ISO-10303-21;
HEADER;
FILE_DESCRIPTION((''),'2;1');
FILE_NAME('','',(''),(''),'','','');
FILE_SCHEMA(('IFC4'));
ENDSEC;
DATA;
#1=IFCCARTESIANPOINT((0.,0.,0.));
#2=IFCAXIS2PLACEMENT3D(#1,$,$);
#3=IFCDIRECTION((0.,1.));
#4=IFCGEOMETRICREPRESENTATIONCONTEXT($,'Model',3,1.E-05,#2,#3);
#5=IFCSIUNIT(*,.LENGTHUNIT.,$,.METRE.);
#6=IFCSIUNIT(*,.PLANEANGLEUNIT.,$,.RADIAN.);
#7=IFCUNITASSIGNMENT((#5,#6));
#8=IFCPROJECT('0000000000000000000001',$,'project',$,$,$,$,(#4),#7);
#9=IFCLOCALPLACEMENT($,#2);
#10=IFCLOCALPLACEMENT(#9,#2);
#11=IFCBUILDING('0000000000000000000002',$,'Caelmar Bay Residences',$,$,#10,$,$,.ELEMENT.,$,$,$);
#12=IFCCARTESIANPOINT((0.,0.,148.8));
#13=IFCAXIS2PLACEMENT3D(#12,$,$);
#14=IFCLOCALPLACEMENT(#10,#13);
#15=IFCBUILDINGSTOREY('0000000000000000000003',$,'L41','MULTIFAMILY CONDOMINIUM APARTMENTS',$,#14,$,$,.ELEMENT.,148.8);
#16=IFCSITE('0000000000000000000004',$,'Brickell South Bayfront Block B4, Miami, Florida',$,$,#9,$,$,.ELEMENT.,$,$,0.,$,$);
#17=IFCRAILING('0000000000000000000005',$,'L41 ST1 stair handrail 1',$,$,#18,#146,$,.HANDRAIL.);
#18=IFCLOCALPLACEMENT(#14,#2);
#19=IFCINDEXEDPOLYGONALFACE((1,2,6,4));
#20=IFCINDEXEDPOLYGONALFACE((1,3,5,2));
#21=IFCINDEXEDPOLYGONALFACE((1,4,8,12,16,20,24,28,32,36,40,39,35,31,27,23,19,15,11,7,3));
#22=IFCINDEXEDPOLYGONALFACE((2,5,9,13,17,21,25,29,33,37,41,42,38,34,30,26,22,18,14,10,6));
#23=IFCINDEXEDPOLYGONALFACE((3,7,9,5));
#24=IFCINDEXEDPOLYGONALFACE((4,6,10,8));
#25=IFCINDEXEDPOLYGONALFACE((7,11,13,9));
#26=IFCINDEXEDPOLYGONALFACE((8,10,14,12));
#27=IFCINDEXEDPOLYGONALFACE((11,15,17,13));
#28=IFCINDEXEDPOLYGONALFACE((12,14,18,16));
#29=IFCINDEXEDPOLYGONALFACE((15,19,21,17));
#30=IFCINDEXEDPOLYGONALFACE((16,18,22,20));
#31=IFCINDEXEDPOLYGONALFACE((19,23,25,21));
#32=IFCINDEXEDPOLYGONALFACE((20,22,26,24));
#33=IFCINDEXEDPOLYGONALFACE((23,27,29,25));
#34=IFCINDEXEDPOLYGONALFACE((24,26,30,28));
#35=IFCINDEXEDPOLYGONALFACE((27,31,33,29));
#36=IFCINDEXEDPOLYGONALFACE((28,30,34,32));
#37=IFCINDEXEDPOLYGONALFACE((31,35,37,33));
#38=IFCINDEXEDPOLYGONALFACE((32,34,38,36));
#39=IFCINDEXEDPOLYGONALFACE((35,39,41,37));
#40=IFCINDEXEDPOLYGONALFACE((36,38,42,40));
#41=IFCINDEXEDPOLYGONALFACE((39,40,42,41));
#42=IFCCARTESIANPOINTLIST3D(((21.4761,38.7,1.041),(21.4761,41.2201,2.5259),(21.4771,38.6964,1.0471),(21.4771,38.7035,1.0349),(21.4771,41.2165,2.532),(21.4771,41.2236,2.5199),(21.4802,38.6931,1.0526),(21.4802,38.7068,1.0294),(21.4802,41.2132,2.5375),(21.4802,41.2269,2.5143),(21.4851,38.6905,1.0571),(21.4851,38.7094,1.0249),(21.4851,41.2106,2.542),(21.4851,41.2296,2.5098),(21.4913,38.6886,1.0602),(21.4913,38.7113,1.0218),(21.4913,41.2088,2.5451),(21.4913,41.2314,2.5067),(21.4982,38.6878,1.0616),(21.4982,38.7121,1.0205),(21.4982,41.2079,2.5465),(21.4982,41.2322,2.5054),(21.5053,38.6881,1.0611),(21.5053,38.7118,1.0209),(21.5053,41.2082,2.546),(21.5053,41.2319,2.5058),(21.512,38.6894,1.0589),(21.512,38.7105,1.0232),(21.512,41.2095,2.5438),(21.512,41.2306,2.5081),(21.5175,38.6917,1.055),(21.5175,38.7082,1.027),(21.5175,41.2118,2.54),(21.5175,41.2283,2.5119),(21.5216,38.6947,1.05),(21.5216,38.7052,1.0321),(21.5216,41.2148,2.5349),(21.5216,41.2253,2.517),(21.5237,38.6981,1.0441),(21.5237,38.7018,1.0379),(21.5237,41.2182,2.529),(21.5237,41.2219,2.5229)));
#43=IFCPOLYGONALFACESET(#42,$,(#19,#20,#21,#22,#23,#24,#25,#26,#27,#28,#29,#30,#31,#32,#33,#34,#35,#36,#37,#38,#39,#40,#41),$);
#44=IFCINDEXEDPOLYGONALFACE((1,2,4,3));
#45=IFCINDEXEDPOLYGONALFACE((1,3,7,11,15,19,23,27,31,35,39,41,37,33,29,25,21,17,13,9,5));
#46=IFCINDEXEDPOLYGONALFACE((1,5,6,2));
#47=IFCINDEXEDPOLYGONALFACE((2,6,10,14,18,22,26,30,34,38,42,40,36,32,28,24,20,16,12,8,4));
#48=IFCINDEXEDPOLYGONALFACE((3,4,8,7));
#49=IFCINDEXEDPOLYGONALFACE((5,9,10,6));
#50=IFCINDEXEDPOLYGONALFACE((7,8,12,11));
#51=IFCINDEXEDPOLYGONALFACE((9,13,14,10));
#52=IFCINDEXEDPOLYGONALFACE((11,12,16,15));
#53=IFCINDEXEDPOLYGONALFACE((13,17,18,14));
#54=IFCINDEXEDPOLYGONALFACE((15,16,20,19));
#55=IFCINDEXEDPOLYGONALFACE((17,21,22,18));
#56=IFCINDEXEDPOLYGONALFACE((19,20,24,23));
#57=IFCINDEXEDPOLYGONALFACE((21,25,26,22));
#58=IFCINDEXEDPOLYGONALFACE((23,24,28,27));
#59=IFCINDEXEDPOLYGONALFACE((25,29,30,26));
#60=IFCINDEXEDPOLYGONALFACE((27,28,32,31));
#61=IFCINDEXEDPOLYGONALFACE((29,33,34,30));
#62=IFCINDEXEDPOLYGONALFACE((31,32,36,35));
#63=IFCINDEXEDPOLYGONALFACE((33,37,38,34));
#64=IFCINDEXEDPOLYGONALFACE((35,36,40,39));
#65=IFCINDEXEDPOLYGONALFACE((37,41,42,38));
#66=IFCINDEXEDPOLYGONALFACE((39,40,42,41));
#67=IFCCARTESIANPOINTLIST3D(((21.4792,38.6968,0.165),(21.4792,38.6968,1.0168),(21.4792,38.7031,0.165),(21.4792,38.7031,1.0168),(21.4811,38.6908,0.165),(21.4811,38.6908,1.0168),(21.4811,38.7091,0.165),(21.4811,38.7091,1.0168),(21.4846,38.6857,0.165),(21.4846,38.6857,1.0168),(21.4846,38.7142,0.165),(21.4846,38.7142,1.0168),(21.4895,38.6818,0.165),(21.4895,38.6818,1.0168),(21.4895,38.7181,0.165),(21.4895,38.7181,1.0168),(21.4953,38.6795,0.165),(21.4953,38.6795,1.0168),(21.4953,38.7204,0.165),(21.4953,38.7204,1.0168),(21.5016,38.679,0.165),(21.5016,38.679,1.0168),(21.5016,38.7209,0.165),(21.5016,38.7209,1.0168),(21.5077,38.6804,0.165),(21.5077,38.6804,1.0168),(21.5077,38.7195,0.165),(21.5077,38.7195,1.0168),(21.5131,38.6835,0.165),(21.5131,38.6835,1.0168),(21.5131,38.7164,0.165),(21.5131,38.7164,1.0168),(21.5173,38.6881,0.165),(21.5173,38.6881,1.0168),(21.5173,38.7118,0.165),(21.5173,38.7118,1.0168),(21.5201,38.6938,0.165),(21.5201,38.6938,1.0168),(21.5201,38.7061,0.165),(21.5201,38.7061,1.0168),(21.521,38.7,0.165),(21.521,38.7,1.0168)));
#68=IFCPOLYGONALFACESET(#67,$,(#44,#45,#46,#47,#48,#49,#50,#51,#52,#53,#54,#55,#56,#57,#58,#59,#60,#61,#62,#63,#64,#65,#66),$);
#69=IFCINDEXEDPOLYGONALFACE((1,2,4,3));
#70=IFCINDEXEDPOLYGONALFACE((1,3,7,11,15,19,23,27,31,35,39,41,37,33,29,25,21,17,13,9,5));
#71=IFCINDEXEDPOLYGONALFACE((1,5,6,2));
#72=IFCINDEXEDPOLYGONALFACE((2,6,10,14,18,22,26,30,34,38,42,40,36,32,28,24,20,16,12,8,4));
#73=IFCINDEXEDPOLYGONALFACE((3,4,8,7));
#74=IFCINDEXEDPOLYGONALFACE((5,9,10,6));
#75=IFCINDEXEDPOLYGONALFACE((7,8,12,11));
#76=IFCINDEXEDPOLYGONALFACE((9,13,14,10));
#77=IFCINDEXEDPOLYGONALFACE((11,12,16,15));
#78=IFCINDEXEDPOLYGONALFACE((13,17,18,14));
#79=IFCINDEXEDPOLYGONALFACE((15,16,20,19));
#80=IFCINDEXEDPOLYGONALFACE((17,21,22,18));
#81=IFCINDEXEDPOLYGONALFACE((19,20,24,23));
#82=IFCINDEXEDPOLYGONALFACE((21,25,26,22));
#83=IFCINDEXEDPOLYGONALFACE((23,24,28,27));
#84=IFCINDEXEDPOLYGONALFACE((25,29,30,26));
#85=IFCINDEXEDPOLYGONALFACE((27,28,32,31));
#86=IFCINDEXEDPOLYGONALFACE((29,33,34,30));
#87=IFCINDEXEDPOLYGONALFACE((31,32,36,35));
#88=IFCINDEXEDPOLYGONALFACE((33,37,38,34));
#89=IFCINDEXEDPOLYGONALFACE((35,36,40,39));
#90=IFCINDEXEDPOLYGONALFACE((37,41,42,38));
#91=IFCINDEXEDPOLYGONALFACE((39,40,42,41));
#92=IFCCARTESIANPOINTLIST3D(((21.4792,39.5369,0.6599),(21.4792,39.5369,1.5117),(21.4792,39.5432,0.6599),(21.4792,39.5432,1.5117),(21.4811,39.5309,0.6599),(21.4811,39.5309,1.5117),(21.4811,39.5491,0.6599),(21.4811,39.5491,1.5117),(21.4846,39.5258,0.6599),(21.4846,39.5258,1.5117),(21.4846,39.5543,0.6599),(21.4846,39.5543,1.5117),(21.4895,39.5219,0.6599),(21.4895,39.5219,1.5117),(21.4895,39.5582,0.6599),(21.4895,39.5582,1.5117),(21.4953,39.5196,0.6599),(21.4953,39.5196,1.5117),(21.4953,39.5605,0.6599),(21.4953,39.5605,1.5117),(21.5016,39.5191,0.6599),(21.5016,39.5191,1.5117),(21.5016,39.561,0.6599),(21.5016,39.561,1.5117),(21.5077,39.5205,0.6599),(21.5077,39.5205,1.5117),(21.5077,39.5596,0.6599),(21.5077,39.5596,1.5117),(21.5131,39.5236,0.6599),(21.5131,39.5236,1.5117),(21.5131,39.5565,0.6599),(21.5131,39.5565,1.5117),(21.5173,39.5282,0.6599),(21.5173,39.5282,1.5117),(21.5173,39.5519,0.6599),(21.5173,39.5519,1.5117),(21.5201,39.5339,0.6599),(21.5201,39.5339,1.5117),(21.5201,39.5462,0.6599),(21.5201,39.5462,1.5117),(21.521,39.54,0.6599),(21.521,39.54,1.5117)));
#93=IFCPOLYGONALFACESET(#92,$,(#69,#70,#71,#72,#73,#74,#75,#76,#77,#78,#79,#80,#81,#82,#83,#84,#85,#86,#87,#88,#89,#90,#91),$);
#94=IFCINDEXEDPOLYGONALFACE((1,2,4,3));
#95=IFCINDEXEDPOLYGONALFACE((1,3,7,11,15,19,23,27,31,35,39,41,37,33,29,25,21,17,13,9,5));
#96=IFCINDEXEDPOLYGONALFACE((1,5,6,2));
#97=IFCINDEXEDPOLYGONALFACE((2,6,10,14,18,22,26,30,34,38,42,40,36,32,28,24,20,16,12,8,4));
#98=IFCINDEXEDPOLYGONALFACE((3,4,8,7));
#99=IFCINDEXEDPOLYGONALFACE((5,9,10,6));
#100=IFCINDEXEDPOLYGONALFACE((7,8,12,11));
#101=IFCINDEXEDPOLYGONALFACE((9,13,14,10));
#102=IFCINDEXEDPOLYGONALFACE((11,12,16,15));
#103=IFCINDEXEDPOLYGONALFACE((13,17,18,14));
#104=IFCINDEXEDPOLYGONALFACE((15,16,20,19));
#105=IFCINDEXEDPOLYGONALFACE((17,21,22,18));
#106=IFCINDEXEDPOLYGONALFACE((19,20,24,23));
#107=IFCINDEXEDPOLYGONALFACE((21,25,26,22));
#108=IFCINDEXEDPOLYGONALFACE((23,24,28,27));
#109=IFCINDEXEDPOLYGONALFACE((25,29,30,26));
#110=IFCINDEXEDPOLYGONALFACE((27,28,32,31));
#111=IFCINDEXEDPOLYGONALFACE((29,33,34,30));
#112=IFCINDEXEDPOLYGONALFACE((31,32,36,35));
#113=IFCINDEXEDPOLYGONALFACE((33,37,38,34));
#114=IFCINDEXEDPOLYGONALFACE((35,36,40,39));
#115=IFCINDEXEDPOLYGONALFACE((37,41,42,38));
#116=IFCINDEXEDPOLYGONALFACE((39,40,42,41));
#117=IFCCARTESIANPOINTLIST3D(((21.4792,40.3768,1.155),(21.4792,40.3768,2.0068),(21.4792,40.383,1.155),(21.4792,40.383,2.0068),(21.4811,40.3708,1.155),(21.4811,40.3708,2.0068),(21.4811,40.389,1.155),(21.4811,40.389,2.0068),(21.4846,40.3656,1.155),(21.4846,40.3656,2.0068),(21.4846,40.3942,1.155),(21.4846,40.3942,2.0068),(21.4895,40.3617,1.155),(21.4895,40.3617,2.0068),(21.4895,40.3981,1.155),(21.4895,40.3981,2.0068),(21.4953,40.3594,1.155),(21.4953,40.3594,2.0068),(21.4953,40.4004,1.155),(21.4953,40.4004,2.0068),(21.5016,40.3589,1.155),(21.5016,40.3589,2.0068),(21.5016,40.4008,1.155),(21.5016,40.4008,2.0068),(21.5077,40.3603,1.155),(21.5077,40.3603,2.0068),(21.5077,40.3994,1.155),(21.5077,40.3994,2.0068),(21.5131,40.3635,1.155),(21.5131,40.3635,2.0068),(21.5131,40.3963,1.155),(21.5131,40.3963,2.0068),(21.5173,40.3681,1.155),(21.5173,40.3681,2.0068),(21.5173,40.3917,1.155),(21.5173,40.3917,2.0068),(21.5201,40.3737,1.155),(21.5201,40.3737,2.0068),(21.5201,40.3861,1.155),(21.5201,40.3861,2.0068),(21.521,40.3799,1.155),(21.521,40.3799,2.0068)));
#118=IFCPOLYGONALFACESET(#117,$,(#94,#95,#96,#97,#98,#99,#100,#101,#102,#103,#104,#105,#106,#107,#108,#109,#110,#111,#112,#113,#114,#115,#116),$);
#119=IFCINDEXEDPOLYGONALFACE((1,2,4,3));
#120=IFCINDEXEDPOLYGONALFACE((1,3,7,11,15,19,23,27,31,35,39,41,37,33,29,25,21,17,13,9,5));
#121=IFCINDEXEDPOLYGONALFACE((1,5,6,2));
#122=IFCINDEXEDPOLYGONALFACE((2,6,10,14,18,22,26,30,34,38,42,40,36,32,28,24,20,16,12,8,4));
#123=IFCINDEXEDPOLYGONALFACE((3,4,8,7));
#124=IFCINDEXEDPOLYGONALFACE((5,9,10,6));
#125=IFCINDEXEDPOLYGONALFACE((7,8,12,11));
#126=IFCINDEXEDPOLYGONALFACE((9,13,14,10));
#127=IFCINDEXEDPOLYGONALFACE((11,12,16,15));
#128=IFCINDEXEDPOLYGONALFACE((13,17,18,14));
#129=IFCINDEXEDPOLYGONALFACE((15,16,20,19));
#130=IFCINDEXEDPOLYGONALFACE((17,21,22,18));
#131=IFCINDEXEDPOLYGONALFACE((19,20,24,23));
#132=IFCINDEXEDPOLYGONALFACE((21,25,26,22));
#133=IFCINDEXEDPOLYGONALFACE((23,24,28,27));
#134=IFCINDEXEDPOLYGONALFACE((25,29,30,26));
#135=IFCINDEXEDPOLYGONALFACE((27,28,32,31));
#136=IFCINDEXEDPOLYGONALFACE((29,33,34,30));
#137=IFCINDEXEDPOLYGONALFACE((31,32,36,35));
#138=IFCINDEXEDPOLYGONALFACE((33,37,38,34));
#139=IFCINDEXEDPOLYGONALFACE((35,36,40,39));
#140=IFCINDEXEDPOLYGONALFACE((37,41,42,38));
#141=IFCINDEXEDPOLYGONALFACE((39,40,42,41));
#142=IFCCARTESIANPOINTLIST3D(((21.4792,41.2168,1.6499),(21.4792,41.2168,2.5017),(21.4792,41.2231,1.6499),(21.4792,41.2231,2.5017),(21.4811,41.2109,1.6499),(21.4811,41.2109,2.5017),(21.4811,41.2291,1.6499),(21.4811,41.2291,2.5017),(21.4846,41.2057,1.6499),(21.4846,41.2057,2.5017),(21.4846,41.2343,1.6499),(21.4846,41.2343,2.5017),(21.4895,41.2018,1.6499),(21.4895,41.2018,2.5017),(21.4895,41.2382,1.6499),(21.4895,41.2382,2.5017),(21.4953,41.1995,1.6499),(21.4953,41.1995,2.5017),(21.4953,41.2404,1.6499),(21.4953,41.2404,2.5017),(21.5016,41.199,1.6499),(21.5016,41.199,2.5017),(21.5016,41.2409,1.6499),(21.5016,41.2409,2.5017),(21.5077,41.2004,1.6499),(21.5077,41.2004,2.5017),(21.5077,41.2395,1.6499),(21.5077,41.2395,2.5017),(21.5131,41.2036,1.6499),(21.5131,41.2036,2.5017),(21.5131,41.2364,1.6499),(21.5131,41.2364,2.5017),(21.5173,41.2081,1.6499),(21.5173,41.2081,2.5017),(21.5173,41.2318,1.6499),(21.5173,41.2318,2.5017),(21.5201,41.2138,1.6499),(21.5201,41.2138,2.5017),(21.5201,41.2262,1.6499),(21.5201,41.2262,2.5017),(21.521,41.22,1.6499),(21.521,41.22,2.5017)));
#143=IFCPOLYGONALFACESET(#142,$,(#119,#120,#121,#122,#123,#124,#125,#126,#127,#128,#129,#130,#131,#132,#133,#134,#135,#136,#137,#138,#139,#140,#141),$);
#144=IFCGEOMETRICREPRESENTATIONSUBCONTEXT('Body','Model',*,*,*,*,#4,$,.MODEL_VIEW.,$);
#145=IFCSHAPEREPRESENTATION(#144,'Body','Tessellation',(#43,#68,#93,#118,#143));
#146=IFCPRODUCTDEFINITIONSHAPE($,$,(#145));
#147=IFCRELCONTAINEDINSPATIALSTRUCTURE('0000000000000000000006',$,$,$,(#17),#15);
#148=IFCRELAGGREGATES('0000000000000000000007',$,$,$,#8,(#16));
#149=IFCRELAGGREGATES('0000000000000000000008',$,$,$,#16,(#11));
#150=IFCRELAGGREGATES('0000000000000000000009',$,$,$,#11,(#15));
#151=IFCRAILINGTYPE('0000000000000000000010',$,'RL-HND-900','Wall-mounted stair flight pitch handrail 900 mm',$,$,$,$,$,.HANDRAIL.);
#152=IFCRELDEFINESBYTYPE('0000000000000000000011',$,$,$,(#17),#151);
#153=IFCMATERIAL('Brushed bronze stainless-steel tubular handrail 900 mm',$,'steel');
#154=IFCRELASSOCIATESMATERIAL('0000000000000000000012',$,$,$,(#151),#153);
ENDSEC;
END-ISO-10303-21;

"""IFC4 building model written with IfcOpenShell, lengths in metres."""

from ifc_helpers import new_model, si_unit, direction, frame, origin, origin_2d, place, context, subcontext, project, spatial, circle, extrude, material, type_object, element, save


model = new_model("IFC4")

# Units and contexts
model_context = context("Model", 3, precision=1e-05, world=origin(), true_north=direction((0.0, 1.0)))
body_context = subcontext(model_context, "Body", "Model", "MODEL_VIEW")
ifc_project = project(units=[si_unit("LENGTHUNIT", "METRE"), si_unit("PLANEANGLEUNIT", "RADIAN")], contexts=[model_context])

# Site, building, storey
site_placement = place(None, origin())
site = spatial("IfcSite", under=ifc_project, at=site_placement, Name="Brickell South Bayfront Block B4, Miami, Florida", CompositionType="ELEMENT", RefElevation=0.0)
building_placement = place(site_placement, origin())
building = spatial("IfcBuilding", under=site, at=building_placement, Name="Caelmar Bay Residences", CompositionType="ELEMENT")
storey_placement = place(building_placement, frame((0.0, 0.0, 148.8)))
storey = spatial("IfcBuildingStorey", under=building, at=storey_placement, Name="L41", Description="MULTIFAMILY CONDOMINIUM APARTMENTS", CompositionType="ELEMENT", Elevation=148.8)

# Railing
ifc_material_1 = material(Name="Brushed bronze stainless-steel tubular handrail 900 mm", Category="steel")
railing_type_1 = type_object("IfcRailingType", Name="RL-HND-900", Description="Wall-mounted stair flight pitch handrail 900 mm", PredefinedType="HANDRAIL", material=ifc_material_1)
railing_1_placement = place(storey_placement, frame((21.5, 38.7, 0.165)))
element("IfcRailing", 1, at=railing_1_placement, inside=storey, type_object=railing_type_1, Name="L41 ST1 stair handrail 1", PredefinedType="HANDRAIL", context=body_context, shape_type="SweptSolid", body=[
    extrude(circle(Radius=0.0239, at=origin_2d()), frame((0.0, 0.0, 0.876), z_axis=(0.0, 0.861561, 0.507655), x_axis=(-1.0, 0.0, 0.0)), (0.0, 0.0, 1.0), 2.925),
    extrude(circle(Radius=0.021, at=origin_2d()), origin(), (0.0, 0.0, 1.0), 0.8518),
    extrude(circle(Radius=0.021, at=origin_2d()), frame((0.0, 0.8401, 0.4949)), (0.0, 0.0, 1.0), 0.8518),
    extrude(circle(Radius=0.021, at=origin_2d()), frame((0.0, 1.6799, 0.99)), (0.0, 0.0, 1.0), 0.8518),
    extrude(circle(Radius=0.021, at=origin_2d()), frame((0.0, 2.52, 1.4849)), (0.0, 0.0, 1.0), 0.8518),
])

save(model, "model.ifc")
